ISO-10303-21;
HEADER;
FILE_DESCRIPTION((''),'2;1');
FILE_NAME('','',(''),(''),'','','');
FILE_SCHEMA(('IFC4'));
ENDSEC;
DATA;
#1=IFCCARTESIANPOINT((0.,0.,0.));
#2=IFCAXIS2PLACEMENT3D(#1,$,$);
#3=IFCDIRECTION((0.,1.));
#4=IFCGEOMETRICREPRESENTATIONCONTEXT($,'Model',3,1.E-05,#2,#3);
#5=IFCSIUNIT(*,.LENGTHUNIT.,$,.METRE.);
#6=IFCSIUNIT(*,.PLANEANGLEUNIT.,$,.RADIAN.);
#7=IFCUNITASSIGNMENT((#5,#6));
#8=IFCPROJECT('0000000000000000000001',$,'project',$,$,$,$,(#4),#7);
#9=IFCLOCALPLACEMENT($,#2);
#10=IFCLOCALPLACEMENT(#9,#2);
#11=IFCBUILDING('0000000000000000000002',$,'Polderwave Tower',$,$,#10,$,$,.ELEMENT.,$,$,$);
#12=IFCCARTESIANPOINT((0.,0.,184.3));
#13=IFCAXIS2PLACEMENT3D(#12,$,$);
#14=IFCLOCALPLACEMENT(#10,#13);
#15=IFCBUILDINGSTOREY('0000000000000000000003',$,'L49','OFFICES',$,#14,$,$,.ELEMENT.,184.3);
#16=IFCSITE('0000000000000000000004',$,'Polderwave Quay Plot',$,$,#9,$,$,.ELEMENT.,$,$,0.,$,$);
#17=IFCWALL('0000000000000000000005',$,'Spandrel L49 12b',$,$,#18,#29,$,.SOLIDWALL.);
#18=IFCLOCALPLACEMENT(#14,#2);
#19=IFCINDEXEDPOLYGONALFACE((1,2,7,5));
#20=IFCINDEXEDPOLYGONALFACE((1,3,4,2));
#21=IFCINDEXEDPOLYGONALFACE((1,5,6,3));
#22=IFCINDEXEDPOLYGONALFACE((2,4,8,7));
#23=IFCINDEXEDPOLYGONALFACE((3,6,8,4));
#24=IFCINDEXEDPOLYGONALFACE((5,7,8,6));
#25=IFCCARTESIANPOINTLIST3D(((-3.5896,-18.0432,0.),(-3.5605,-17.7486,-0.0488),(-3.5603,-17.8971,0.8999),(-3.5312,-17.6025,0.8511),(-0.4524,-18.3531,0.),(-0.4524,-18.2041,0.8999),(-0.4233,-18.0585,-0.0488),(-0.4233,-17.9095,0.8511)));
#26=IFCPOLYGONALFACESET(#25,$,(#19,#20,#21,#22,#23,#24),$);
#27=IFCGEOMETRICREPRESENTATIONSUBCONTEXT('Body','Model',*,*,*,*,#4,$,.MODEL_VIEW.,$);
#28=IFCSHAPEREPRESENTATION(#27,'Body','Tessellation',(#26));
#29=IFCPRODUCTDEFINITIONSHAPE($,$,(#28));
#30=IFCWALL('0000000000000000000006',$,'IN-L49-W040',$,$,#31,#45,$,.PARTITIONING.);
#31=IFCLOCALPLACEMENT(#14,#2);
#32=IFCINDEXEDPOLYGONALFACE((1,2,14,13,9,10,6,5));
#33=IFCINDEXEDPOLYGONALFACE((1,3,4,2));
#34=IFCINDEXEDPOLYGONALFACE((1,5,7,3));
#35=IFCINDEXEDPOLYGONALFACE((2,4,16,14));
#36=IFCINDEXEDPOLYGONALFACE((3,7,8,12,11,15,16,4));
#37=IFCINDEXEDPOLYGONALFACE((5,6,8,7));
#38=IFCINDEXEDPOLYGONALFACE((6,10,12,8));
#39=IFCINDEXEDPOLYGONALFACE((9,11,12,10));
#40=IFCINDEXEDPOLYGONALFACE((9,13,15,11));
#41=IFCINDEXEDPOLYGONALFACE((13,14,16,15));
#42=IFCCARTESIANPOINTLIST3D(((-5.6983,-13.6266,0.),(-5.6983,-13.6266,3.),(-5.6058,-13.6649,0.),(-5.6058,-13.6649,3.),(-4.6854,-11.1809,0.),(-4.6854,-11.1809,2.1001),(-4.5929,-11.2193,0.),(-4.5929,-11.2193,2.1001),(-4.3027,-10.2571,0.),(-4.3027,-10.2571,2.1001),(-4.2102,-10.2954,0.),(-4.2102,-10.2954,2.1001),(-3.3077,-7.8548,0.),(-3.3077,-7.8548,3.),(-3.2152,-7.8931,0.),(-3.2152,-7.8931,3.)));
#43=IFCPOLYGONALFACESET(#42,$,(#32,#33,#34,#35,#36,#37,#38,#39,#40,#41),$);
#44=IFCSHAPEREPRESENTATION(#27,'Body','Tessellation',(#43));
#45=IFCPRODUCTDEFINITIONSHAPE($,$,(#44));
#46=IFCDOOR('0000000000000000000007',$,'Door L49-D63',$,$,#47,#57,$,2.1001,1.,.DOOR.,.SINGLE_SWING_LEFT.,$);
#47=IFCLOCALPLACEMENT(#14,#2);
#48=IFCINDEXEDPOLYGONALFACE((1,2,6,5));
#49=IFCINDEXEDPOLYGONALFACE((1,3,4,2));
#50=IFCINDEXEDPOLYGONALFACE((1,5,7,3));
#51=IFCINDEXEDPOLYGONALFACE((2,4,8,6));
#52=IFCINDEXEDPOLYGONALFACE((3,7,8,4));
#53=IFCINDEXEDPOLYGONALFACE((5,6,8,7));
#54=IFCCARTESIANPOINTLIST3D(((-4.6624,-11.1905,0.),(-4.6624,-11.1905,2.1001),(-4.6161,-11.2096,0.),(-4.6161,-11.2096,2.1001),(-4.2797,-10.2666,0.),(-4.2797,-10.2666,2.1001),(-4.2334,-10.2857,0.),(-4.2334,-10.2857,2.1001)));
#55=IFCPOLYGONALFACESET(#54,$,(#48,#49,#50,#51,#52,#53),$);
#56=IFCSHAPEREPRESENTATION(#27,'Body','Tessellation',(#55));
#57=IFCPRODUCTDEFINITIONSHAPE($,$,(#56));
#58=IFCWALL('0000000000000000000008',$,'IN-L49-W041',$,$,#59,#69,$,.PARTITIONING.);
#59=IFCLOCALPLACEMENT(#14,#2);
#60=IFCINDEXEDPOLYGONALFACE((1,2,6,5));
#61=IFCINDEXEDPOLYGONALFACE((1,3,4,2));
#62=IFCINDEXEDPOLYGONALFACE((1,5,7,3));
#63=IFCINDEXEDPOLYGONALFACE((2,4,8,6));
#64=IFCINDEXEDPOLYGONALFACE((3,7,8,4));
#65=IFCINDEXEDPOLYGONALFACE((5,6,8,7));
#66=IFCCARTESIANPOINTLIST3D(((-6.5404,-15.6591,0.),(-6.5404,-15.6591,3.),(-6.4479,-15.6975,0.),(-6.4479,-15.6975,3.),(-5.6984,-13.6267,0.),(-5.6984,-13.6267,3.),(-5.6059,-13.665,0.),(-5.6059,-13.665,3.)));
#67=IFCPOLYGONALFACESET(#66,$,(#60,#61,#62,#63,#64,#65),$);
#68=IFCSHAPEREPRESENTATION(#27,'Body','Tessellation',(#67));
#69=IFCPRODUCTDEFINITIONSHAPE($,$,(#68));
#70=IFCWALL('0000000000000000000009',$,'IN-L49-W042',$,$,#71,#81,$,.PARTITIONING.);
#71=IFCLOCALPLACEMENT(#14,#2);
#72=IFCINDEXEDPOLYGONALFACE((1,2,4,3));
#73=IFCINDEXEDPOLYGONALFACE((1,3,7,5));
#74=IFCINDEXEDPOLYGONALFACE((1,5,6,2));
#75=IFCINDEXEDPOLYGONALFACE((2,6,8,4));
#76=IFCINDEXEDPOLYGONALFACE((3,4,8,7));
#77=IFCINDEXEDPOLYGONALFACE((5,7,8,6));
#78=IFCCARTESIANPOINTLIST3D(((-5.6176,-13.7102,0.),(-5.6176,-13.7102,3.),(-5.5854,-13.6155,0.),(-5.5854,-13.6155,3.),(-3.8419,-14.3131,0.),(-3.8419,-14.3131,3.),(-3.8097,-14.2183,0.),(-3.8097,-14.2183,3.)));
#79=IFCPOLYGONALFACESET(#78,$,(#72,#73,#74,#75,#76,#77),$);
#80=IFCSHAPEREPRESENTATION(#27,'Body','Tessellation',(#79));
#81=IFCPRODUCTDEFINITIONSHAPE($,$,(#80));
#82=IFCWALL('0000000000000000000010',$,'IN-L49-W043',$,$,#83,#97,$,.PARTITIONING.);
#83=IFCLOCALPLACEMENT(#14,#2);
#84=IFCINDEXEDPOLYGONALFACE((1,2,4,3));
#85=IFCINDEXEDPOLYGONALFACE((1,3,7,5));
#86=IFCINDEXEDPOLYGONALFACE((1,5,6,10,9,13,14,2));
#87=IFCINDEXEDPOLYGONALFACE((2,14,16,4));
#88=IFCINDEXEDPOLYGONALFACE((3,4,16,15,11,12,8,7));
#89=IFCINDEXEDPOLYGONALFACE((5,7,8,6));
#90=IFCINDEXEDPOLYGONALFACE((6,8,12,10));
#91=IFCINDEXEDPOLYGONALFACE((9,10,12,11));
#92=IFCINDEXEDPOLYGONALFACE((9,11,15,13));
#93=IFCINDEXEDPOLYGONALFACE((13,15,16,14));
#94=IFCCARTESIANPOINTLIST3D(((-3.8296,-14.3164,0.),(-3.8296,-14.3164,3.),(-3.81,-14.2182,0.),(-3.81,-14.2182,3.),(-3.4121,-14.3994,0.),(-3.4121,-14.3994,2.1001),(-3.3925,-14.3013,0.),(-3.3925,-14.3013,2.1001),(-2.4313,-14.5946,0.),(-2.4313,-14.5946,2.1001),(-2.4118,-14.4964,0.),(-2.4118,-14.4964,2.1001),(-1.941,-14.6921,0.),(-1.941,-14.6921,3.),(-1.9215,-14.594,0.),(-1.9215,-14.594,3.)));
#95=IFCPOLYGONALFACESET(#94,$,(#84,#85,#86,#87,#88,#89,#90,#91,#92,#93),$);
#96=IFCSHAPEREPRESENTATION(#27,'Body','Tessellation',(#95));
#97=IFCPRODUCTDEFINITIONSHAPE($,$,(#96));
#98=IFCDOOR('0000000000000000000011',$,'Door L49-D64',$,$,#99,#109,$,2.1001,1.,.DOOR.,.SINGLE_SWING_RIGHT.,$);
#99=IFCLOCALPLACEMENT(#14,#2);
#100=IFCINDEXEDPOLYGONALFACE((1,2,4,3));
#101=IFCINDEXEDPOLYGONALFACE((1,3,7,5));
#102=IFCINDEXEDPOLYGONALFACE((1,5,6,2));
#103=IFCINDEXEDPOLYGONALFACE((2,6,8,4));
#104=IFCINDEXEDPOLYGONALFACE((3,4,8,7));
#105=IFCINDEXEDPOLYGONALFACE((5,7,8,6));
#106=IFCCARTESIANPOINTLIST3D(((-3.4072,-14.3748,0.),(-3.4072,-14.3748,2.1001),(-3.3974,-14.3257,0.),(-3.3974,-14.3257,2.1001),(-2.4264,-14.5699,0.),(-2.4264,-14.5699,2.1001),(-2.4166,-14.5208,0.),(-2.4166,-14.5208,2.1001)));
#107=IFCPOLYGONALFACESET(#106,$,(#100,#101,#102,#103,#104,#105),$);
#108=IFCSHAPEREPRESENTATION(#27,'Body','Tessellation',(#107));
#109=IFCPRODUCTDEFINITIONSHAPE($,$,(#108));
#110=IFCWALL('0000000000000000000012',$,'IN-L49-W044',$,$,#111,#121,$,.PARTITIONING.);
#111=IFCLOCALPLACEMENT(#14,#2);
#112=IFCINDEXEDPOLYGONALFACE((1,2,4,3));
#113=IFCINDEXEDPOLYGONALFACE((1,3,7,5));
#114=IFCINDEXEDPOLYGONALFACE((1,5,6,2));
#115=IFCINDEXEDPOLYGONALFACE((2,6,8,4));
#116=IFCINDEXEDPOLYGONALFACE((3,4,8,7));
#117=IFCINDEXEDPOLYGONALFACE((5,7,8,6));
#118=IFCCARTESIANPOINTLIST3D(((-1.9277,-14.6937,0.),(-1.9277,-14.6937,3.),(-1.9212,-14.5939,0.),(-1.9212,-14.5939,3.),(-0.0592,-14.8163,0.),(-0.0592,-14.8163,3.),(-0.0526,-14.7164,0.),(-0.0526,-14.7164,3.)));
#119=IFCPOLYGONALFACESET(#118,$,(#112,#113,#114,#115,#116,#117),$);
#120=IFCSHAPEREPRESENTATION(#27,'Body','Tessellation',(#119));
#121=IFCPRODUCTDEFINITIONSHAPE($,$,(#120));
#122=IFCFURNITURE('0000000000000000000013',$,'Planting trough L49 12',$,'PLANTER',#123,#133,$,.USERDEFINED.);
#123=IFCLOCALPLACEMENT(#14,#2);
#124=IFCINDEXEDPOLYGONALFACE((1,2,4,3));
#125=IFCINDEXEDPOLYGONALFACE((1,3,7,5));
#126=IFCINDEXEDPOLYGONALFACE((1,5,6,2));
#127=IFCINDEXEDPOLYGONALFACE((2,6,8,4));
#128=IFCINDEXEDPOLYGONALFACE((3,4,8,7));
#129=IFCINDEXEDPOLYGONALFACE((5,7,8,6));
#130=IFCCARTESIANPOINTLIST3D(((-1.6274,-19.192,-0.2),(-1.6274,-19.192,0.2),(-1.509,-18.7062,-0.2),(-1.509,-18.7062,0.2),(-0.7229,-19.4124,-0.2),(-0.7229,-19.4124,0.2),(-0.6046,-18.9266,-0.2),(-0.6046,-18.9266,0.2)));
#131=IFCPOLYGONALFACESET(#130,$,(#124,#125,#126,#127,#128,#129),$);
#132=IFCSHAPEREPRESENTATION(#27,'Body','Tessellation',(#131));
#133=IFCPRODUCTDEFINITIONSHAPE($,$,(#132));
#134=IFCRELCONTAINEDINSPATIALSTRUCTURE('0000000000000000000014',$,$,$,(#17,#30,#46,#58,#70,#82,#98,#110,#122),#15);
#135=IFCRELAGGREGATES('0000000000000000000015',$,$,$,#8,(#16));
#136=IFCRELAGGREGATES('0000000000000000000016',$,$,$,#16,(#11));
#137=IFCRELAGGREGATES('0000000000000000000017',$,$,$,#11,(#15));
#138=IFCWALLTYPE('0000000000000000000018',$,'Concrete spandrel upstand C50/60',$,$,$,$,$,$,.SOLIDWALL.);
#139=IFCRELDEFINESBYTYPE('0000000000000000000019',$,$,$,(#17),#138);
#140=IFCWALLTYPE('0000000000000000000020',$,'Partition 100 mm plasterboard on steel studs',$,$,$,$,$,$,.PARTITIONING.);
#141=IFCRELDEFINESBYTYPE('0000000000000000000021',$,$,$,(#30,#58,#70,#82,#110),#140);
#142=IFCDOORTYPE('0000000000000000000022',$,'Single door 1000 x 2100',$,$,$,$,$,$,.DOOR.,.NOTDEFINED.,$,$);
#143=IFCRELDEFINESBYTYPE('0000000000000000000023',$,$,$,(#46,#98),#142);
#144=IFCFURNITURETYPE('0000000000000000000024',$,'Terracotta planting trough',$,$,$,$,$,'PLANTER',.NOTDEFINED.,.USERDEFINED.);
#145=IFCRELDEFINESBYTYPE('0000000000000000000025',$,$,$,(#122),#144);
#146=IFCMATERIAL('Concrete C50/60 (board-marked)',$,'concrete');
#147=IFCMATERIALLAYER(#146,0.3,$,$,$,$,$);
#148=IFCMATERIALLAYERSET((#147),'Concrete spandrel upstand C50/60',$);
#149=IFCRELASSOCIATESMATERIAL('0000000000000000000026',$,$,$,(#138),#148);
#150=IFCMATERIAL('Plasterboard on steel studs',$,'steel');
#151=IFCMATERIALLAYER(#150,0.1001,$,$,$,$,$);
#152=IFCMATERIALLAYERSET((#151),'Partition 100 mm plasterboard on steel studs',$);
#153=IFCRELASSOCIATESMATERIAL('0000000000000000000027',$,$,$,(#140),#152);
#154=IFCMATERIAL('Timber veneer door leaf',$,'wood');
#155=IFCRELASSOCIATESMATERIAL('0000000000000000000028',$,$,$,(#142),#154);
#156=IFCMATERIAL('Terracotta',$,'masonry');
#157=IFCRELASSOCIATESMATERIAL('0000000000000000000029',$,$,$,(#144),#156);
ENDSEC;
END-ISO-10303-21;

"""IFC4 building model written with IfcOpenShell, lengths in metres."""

from ifc_helpers import new_model, si_unit, direction, frame, frame_2d, origin, origin_2d, place, context, subcontext, project, spatial, polyline, rectangle, outline, extrude, material, layer, layer_set, type_object, element, fill, save


model = new_model("IFC4")

# Units and contexts
model_context = context("Model", 3, precision=1e-05, world=origin(), true_north=direction((0.0, 1.0)))
body_context = subcontext(model_context, "Body", "Model", "MODEL_VIEW")
ifc_project = project(units=[si_unit("LENGTHUNIT", "METRE"), si_unit("PLANEANGLEUNIT", "RADIAN")], contexts=[model_context])

# Site, building, storey
site_placement = place(None, origin())
site = spatial("IfcSite", under=ifc_project, at=site_placement, Name="Polderwave Quay Plot", CompositionType="ELEMENT", RefElevation=0.0)
building_placement = place(site_placement, origin())
building = spatial("IfcBuilding", under=site, at=building_placement, Name="Polderwave Tower", CompositionType="ELEMENT")
storey_placement = place(building_placement, frame((0.0, 0.0, 184.3)))
storey = spatial("IfcBuildingStorey", under=building, at=storey_placement, Name="L49", Description="OFFICES", CompositionType="ELEMENT", Elevation=184.3)

# Wall
ifc_material_1 = material(Name="Concrete C50/60 (board-marked)", Category="concrete")
ifc_layer_1 = layer(ifc_material_1, 0.3)
ifc_layer_set_1 = layer_set([ifc_layer_1], Name="Concrete spandrel upstand C50/60")
wall_type_1 = type_object("IfcWallType", Name="Concrete spandrel upstand C50/60", PredefinedType="SOLIDWALL", material=ifc_layer_set_1)
wall_1_placement = place(storey_placement, frame((-3.5896, -18.0432, 0.0), z_axis=(-0.097001, -0.981911, 0.162611), x_axis=(0.995156, -0.098309, 0.000005)))
element("IfcWall", 1, at=wall_1_placement, inside=storey, type_object=wall_type_1, Name="Spandrel L49 12b", PredefinedType="SOLIDWALL", context=body_context, shape_type="SweptSolid", body=[
    extrude(outline(polyline([(0.0, 0.0), (3.1525, 0.0), (3.1378, 0.912), (0.0148, 0.9121), (0.0, 0.0)])), origin(), (0.0, 0.0, -1.0), 0.3),
])

# Wall, opening, door
ifc_material_2 = material(Name="Plasterboard on steel studs", Category="steel")
ifc_layer_2 = layer(ifc_material_2, 0.1001)
ifc_layer_set_2 = layer_set([ifc_layer_2], Name="Partition 100 mm plasterboard on steel studs")
wall_type_2 = type_object("IfcWallType", Name="Partition 100 mm plasterboard on steel studs", PredefinedType="PARTITIONING", material=ifc_layer_set_2)
wall_2_placement = place(storey_placement, frame((-3.2615, -7.874, 0.0), z_axis=(0.0, 0.0, 1.0), x_axis=(-0.382669, -0.923885, 0.0)))
wall_2 = element("IfcWall", 2, at=wall_2_placement, inside=storey, type_object=wall_type_2, Name="IN-L49-W040", PredefinedType="PARTITIONING", context=body_context, shape_type="SweptSolid", body=[
    extrude(rectangle(XDim=6.2473, YDim=0.1001, at=frame_2d((3.1235, 0.0))), origin(), (0.0, 0.0, 1.0), 3.0),
])
opening_1_placement = place(wall_2_placement, frame((2.6001, 0.0, 0.0)))
opening_1 = element("IfcOpeningElement", 3, at=opening_1_placement, cuts=wall_2, PredefinedType="OPENING", context=body_context, shape_type="SweptSolid", body=[
    extrude(rectangle(XDim=1.0, YDim=2.1001, at=frame_2d((0.5, 1.05))), frame((0.0, 0.0601, 0.0), z_axis=(0.0, -1.0, 0.0), x_axis=(1.0, 0.0, 0.0)), (0.0, 0.0, 1.0), 0.1201),
])
ifc_material_3 = material(Name="Timber veneer door leaf", Category="wood")
door_type = type_object("IfcDoorType", Name="Single door 1000 x 2100", OperationType="NOTDEFINED", PredefinedType="DOOR", material=ifc_material_3)
door_1_placement = place(opening_1_placement, origin())
door_1 = element("IfcDoor", 4, at=door_1_placement, inside=storey, type_object=door_type, Name="Door L49-D63", OperationType="SINGLE_SWING_LEFT", OverallHeight=2.1001, OverallWidth=1.0, PredefinedType="DOOR", context=body_context, shape_type="SweptSolid", body=[
    extrude(rectangle(XDim=1.0, YDim=2.1001, at=frame_2d((0.5, 1.05))), frame((0.0, 0.0249, 0.0), z_axis=(0.0, -1.0, 0.0), x_axis=(1.0, 0.0, 0.0)), (0.0, 0.0, 1.0), 0.05),
])
fill(opening_1, door_1)

# Walls
wall_3_placement = place(storey_placement, frame((-5.6521, -13.6458, 0.0), z_axis=(0.0, 0.0, 1.0), x_axis=(-0.382747, -0.923853, 0.0)))
element("IfcWall", 5, at=wall_3_placement, inside=storey, type_object=wall_type_2, Name="IN-L49-W041", PredefinedType="PARTITIONING", context=body_context, shape_type="SweptSolid", body=[
    extrude(rectangle(XDim=2.2, YDim=0.1001, at=frame_2d((1.1001, 0.0))), origin(), (0.0, 0.0, 1.0), 3.0),
])
wall_4_placement = place(storey_placement, frame((-3.8259, -14.2656, 0.0), z_axis=(0.0, 0.0, 1.0), x_axis=(-0.946924, 0.321457, 0.0)))
element("IfcWall", 6, at=wall_4_placement, inside=storey, type_object=wall_type_2, Name="IN-L49-W042", PredefinedType="PARTITIONING", context=body_context, shape_type="SweptSolid", body=[
    extrude(rectangle(XDim=1.8752, YDim=0.1001, at=frame_2d((0.9375, 0.0))), origin(), (0.0, 0.0, 1.0), 3.0),
])

# Wall, opening, door
wall_5_placement = place(storey_placement, frame((-1.9312, -14.6431, 0.0), z_axis=(0.0, 0.0, 1.0), x_axis=(-0.980775, 0.195141, 0.0)))
wall_5 = element("IfcWall", 7, at=wall_5_placement, inside=storey, type_object=wall_type_2, Name="IN-L49-W043", PredefinedType="PARTITIONING", context=body_context, shape_type="SweptSolid", body=[
    extrude(rectangle(XDim=1.9255, YDim=0.1001, at=frame_2d((0.9629, 0.0))), origin(), (0.0, 0.0, 1.0), 3.0),
])
opening_2_placement = place(wall_5_placement, frame((0.5, 0.0, 0.0)))
opening_2 = element("IfcOpeningElement", 8, at=opening_2_placement, cuts=wall_5, PredefinedType="OPENING", context=body_context, shape_type="SweptSolid", body=[
    extrude(rectangle(XDim=1.0, YDim=2.1001, at=frame_2d((0.5, 1.05))), frame((0.0, 0.0601, 0.0), z_axis=(0.0, -1.0, 0.0), x_axis=(1.0, 0.0, 0.0)), (0.0, 0.0, 1.0), 0.1201),
])
door_2_placement = place(opening_2_placement, origin())
door_2 = element("IfcDoor", 9, at=door_2_placement, inside=storey, type_object=door_type, Name="Door L49-D64", OperationType="SINGLE_SWING_RIGHT", OverallHeight=2.1001, OverallWidth=1.0, PredefinedType="DOOR", context=body_context, shape_type="SweptSolid", body=[
    extrude(rectangle(XDim=1.0, YDim=2.1001, at=frame_2d((0.5, 1.05))), frame((0.0, 0.0249, 0.0), z_axis=(0.0, -1.0, 0.0), x_axis=(1.0, 0.0, 0.0)), (0.0, 0.0, 1.0), 0.05),
])
fill(opening_2, door_2)

# Wall
wall_6_placement = place(storey_placement, frame((-0.0559, -14.7664, 0.0), z_axis=(0.0, 0.0, 1.0), x_axis=(-0.997856, 0.065446, 0.0)))
element("IfcWall", 10, at=wall_6_placement, inside=storey, type_object=wall_type_2, Name="IN-L49-W044", PredefinedType="PARTITIONING", context=body_context, shape_type="SweptSolid", body=[
    extrude(rectangle(XDim=1.8726, YDim=0.1001, at=frame_2d((0.9363, 0.0))), origin(), (0.0, 0.0, 1.0), 3.0),
])

# Furniture
ifc_material_4 = material(Name="Terracotta", Category="masonry")
furniture_type = type_object("IfcFurnitureType", Name="Terracotta planting trough", ElementType="PLANTER", AssemblyPlace="NOTDEFINED", PredefinedType="USERDEFINED", material=ifc_material_4)
furniture_placement = place(storey_placement, frame((-1.116, -19.0593, -0.2), z_axis=(0.0, 0.0, 1.0), x_axis=(0.971565, -0.236772, 0.0)))
element("IfcFurniture", 11, at=furniture_placement, inside=storey, type_object=furniture_type, Name="Planting trough L49 12", ObjectType="PLANTER", PredefinedType="USERDEFINED", context=body_context, shape_type="SweptSolid", body=[
    extrude(rectangle(XDim=0.9309, YDim=0.5, at=origin_2d()), origin(), (0.0, 0.0, 1.0), 0.3999),
])

save(model, "model.ifc")
